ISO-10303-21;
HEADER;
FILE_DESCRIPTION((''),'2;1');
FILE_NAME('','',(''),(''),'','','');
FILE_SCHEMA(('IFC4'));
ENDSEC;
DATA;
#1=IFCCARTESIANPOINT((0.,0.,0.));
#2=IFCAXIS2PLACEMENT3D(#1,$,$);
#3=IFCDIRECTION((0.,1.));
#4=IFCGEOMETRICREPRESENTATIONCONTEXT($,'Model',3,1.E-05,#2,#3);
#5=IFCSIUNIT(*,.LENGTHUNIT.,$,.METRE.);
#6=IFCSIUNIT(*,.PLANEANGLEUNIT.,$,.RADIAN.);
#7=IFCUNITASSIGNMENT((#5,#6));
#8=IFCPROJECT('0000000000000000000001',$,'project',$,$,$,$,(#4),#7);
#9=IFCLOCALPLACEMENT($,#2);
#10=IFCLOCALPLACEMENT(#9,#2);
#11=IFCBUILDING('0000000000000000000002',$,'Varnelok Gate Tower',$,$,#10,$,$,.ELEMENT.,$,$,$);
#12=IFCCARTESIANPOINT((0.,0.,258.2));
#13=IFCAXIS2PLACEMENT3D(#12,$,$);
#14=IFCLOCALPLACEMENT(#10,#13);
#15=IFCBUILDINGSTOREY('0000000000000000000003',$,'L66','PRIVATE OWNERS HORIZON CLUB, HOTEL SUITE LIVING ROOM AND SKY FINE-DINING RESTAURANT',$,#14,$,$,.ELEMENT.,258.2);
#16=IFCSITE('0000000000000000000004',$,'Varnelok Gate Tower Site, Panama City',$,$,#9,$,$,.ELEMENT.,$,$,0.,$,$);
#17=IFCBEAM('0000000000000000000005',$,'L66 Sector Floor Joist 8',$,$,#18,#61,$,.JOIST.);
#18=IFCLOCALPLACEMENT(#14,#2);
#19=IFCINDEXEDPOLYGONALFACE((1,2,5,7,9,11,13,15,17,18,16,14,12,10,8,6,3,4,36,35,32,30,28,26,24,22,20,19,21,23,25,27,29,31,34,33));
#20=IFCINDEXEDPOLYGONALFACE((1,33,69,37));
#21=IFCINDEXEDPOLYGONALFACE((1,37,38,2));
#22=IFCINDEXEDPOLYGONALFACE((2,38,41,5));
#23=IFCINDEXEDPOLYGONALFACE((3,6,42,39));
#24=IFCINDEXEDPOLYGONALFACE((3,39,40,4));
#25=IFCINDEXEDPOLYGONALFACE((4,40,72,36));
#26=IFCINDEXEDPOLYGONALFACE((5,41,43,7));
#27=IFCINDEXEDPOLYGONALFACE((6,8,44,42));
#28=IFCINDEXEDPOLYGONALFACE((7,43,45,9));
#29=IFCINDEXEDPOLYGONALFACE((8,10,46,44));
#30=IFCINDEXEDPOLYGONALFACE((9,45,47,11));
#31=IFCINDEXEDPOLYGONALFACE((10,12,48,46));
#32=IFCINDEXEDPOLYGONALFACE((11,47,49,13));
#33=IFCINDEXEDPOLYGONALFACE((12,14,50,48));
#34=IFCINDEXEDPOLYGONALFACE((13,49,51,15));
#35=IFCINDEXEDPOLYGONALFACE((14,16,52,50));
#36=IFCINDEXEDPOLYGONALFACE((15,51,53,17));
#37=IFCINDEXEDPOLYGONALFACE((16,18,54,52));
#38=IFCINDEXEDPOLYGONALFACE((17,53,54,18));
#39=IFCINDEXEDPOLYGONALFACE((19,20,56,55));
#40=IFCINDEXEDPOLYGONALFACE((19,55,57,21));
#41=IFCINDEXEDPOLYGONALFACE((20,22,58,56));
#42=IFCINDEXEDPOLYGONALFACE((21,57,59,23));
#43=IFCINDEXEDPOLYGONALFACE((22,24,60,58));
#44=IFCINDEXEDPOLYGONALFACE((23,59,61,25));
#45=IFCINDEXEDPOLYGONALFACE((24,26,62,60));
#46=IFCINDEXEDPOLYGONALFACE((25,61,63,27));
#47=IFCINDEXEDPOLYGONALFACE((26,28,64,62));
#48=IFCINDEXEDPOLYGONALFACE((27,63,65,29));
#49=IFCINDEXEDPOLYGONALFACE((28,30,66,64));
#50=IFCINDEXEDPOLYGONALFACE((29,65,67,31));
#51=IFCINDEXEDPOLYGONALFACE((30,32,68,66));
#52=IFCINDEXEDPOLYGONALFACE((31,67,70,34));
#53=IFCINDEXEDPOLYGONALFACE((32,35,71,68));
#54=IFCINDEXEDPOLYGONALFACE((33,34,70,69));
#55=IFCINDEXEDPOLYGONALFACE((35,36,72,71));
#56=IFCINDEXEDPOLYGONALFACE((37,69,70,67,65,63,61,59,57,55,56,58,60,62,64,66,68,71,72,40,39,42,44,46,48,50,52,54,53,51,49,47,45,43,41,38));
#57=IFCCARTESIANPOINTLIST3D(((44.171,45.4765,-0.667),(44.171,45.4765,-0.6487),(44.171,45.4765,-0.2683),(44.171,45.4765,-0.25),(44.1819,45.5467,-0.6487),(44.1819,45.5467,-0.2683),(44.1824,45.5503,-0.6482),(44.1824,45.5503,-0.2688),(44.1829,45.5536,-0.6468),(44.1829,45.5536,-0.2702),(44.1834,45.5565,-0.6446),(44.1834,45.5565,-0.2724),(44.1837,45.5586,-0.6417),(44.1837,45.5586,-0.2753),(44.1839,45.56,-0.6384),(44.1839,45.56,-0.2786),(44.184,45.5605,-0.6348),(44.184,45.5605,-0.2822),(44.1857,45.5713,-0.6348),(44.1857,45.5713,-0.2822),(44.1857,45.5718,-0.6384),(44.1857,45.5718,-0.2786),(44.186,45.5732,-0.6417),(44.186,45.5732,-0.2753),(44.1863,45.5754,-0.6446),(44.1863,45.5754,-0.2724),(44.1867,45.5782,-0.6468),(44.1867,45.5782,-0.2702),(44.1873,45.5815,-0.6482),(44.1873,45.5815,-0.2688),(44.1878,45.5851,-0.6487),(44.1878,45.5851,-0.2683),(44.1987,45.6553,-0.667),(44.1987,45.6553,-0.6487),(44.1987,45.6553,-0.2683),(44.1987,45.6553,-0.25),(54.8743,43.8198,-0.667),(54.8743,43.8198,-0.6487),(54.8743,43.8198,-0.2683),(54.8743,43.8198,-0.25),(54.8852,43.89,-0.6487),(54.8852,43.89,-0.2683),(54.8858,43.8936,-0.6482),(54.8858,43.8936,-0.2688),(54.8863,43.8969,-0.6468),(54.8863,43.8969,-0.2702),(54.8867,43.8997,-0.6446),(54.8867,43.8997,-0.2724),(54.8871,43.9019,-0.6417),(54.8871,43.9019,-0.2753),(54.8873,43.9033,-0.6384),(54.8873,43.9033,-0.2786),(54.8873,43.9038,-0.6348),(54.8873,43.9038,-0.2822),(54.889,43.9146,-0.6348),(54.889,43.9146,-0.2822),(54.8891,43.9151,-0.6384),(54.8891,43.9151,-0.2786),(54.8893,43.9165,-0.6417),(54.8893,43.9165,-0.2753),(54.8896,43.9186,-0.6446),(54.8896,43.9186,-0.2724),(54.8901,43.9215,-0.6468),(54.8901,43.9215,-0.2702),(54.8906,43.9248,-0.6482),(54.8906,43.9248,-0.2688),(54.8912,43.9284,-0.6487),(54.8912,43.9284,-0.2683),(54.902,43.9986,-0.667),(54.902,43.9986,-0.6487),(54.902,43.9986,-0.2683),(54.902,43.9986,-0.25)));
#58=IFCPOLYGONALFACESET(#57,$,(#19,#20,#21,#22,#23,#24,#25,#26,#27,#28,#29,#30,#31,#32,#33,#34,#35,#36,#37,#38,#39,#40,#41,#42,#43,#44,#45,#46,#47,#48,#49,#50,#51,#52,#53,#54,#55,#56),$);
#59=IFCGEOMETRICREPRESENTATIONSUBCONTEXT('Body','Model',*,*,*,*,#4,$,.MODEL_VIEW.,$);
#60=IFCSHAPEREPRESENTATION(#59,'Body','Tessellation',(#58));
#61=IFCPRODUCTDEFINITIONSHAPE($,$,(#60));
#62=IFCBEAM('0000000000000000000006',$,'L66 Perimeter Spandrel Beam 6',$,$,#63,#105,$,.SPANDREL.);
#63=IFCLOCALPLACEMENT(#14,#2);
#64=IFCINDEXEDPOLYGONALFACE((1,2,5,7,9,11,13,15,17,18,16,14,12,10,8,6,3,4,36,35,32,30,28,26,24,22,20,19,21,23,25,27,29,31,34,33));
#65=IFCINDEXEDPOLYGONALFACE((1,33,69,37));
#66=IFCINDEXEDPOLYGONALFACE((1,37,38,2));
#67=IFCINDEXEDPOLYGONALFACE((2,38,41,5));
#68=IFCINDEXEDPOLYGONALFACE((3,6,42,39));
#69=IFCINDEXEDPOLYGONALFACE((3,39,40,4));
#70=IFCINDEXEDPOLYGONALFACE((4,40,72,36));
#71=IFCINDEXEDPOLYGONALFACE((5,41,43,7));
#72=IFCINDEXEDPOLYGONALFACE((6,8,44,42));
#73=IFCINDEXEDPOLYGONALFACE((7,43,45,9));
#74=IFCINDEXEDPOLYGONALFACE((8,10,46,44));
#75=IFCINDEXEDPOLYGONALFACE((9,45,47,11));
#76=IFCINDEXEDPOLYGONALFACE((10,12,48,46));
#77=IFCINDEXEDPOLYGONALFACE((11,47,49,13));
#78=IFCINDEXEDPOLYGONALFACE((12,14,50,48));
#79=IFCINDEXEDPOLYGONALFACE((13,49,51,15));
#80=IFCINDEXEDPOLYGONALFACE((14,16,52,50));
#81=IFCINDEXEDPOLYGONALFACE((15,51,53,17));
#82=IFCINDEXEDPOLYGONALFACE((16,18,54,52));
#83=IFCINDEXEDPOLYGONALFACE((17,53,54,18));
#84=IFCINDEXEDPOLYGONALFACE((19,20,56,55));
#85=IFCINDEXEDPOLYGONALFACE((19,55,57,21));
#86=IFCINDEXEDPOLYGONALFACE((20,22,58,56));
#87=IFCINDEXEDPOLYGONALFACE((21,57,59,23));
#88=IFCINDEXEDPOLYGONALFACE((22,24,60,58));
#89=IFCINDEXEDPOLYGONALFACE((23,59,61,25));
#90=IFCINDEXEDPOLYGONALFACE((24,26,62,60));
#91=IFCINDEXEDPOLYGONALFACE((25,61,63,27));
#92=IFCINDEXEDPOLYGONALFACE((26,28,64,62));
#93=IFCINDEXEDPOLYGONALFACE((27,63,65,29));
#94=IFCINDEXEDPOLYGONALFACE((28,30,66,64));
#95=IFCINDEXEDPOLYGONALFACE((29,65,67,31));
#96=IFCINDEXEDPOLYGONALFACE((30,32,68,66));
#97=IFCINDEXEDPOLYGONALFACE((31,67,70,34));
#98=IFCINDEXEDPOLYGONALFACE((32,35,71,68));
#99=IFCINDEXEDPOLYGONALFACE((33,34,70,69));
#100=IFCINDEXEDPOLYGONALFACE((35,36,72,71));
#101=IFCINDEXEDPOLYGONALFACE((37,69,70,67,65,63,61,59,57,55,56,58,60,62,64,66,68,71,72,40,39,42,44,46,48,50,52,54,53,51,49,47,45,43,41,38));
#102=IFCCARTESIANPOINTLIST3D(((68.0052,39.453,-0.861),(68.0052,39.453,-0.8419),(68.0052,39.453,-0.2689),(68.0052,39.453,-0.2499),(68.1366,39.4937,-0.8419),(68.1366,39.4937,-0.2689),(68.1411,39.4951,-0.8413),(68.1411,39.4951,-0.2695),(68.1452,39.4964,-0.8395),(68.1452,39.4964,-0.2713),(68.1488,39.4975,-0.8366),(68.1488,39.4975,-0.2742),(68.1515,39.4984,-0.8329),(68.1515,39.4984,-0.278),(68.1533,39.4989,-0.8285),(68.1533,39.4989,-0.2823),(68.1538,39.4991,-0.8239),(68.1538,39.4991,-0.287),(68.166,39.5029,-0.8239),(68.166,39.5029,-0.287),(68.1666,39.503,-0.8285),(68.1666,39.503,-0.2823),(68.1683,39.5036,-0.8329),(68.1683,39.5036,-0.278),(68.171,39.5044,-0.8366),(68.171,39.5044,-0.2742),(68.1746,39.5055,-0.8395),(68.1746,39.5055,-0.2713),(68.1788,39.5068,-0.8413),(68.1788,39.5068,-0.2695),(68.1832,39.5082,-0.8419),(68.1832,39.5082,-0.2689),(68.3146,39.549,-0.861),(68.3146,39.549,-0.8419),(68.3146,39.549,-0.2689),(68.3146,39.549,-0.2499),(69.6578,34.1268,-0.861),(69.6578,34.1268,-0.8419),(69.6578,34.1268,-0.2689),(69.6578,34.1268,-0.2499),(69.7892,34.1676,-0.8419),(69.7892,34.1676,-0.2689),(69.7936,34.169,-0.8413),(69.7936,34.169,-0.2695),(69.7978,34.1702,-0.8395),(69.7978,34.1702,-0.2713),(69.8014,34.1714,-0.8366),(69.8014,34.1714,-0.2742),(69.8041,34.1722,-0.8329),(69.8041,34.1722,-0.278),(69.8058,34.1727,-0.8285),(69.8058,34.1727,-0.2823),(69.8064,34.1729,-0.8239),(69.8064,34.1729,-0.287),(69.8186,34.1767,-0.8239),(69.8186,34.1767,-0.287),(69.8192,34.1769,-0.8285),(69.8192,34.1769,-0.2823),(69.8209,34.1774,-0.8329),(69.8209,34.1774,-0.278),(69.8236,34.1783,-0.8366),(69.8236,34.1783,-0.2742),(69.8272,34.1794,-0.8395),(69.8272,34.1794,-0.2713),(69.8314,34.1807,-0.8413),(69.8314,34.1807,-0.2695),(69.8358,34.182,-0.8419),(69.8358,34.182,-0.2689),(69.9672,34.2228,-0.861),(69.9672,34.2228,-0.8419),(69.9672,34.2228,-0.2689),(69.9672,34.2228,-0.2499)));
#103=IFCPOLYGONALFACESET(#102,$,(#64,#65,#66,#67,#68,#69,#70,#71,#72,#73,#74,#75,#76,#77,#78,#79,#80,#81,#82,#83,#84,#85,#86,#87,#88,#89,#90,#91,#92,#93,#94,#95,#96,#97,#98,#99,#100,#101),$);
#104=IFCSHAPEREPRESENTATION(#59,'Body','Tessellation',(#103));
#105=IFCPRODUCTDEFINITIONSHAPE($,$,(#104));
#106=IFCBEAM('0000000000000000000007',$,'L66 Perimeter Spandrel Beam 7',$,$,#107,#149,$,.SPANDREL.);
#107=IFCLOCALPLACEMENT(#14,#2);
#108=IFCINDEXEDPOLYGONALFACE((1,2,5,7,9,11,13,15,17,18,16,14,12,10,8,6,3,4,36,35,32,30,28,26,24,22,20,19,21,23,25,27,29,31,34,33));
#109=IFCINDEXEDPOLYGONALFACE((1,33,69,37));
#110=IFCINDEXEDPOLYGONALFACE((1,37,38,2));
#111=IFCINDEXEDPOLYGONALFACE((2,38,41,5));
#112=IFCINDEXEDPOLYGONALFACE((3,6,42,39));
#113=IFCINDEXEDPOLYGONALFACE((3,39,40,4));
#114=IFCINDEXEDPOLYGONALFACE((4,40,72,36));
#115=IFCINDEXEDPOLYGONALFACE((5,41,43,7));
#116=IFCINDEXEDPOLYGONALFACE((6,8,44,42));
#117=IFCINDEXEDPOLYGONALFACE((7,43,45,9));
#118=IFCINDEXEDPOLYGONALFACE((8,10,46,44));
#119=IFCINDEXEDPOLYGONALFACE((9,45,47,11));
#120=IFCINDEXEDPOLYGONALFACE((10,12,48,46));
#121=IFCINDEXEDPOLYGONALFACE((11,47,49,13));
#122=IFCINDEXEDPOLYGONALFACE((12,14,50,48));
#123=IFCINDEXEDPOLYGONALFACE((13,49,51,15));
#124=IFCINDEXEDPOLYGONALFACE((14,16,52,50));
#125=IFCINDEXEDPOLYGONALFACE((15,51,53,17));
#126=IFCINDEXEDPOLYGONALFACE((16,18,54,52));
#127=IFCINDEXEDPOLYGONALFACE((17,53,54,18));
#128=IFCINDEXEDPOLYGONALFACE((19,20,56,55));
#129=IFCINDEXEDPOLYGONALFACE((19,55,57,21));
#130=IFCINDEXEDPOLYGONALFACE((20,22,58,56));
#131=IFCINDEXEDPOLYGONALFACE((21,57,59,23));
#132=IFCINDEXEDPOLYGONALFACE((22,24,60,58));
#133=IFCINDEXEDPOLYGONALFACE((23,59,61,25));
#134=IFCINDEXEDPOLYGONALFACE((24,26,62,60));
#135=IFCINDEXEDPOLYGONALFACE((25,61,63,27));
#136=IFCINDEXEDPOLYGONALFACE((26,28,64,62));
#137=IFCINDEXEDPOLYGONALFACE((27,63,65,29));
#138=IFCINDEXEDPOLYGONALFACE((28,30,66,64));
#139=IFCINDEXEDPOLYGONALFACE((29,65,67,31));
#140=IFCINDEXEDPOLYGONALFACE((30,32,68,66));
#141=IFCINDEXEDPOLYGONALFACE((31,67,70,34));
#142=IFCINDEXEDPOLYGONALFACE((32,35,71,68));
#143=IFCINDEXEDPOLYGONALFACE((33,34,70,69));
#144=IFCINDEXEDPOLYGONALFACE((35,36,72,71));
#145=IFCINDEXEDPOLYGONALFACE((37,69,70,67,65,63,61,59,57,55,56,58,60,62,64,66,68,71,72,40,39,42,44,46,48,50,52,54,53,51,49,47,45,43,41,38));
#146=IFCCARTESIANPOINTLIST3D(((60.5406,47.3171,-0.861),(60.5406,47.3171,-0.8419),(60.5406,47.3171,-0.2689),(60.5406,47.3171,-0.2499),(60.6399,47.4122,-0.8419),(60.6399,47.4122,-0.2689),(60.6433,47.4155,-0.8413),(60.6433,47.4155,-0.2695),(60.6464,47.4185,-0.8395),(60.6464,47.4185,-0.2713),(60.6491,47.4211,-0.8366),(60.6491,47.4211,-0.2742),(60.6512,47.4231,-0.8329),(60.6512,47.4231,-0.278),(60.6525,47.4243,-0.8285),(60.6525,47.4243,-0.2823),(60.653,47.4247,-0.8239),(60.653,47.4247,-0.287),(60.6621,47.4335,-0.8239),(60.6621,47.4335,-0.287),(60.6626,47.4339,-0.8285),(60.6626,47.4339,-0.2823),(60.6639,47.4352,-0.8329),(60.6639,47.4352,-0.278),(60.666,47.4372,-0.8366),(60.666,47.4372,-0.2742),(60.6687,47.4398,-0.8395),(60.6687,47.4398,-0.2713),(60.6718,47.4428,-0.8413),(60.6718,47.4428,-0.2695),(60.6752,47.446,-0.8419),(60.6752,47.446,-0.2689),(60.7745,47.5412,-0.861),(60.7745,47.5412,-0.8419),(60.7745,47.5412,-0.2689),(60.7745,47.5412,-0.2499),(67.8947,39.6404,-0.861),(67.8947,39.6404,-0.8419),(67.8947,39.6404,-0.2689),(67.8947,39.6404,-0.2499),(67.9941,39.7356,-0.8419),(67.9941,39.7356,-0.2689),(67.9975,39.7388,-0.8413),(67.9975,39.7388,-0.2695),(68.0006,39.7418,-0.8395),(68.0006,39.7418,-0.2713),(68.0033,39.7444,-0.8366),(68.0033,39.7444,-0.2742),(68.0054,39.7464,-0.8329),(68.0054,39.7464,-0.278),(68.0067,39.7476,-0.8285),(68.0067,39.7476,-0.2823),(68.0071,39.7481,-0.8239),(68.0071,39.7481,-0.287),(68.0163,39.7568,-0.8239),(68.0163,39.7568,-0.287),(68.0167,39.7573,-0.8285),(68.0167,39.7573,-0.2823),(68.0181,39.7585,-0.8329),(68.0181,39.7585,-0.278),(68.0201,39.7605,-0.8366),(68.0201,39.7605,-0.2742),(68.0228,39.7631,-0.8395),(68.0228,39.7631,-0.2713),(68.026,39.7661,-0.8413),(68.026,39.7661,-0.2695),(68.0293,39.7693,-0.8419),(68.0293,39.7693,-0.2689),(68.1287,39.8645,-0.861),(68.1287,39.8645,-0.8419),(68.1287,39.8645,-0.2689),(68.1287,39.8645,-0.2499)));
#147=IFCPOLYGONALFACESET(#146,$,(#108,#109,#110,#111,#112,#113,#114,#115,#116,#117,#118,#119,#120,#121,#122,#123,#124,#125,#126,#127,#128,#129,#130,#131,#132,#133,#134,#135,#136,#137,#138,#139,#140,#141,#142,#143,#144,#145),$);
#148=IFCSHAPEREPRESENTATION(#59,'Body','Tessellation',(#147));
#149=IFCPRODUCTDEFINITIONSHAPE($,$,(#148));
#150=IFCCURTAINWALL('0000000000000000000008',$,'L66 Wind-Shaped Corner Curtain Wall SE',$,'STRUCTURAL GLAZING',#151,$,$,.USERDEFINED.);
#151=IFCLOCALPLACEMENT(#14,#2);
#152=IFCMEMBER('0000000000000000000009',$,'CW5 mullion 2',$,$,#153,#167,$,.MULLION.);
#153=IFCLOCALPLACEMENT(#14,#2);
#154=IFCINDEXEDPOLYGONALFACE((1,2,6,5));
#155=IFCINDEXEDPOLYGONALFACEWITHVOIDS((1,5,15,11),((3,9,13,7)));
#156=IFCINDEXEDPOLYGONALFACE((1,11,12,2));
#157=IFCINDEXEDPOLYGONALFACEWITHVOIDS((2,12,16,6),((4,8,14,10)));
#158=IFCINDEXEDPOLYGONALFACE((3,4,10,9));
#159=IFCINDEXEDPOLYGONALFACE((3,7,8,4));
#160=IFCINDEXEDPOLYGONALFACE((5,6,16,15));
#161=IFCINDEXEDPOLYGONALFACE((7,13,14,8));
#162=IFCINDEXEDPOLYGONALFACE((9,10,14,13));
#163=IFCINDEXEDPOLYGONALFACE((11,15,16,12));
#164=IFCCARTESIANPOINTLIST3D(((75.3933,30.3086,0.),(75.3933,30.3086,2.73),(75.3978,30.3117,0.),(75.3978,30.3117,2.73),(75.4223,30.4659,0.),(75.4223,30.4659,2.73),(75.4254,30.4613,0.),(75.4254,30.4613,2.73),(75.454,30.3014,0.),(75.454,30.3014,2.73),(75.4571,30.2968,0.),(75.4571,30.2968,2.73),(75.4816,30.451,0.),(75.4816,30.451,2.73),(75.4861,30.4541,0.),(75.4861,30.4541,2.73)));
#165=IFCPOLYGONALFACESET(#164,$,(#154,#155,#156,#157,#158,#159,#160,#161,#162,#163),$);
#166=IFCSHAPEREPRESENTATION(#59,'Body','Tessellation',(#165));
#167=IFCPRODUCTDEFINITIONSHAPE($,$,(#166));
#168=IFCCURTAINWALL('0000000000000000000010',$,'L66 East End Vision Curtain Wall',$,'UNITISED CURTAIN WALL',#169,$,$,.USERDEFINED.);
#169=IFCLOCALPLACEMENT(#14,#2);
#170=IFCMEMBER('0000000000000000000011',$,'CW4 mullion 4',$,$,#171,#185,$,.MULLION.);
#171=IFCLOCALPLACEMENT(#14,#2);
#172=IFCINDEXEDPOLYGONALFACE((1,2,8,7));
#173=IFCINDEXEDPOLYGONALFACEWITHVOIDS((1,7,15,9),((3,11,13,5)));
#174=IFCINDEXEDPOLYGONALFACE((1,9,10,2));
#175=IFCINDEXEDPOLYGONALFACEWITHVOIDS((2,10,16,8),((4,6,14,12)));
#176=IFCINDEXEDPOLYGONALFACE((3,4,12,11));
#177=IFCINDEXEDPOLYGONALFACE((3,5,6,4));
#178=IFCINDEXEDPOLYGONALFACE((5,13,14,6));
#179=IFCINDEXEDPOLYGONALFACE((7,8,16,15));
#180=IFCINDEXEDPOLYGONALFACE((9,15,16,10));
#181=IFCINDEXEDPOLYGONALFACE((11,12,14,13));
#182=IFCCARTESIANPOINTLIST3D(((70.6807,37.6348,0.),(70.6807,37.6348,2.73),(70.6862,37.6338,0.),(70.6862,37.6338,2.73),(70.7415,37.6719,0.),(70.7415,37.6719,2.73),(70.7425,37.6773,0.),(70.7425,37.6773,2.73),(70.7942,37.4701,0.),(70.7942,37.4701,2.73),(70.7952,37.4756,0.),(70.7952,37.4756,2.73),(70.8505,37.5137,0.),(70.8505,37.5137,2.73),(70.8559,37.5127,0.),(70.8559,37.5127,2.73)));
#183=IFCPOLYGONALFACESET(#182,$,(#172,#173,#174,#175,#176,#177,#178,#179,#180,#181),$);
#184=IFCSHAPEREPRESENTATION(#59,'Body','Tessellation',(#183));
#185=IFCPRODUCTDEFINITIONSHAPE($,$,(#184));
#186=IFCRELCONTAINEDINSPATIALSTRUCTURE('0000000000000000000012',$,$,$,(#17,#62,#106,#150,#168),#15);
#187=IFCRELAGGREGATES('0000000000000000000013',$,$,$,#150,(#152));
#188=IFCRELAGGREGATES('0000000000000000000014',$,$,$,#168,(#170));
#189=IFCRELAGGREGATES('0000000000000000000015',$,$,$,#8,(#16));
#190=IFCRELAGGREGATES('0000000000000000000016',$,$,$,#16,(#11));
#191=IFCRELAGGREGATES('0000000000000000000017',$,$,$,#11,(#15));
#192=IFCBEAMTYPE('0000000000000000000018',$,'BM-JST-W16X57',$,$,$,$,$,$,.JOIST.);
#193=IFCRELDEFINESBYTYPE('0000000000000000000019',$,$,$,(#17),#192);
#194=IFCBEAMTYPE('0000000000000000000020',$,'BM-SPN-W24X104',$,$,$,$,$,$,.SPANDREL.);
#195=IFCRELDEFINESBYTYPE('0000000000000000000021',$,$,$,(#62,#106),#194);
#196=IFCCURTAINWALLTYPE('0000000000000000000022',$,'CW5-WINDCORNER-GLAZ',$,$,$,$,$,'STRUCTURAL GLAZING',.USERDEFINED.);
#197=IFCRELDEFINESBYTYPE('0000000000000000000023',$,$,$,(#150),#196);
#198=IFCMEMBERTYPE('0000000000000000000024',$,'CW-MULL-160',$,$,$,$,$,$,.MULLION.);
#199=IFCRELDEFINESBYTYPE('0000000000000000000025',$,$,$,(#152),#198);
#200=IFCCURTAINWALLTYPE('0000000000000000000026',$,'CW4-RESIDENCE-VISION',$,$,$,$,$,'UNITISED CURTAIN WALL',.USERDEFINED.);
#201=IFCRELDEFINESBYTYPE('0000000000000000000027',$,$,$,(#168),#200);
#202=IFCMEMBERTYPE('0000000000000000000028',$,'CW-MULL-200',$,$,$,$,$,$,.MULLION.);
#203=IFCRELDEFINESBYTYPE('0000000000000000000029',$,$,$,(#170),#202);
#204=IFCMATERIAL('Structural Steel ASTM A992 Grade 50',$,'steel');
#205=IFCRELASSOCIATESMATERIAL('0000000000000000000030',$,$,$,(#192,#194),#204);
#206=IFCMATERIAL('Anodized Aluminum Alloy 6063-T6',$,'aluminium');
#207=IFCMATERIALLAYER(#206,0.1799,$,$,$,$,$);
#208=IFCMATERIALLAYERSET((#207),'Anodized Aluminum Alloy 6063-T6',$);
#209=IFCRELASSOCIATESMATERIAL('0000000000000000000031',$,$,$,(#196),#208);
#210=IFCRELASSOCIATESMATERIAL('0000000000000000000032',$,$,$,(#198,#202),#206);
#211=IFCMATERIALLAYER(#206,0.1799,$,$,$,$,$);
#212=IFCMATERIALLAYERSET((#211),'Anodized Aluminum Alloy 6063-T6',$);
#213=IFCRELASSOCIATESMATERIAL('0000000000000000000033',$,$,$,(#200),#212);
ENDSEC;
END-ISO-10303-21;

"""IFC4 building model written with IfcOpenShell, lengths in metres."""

from ifc_helpers import new_model, si_unit, direction, frame, origin, origin_2d, place, context, subcontext, project, spatial, hollow_rectangle, i_section, extrude, material, layer, layer_set, material_profile, profile_set, type_object, element, aggregate, save


model = new_model("IFC4")

# Units and contexts
model_context = context("Model", 3, precision=1e-05, world=origin(), true_north=direction((0.0, 1.0)))
body_context = subcontext(model_context, "Body", "Model", "MODEL_VIEW")
ifc_project = project(units=[si_unit("LENGTHUNIT", "METRE"), si_unit("PLANEANGLEUNIT", "RADIAN")], contexts=[model_context])

# Site, building, storey
site_placement = place(None, origin())
site = spatial("IfcSite", under=ifc_project, at=site_placement, Name="Varnelok Gate Tower Site, Panama City", CompositionType="ELEMENT", RefElevation=0.0)
building_placement = place(site_placement, origin())
building = spatial("IfcBuilding", under=site, at=building_placement, Name="Varnelok Gate Tower", CompositionType="ELEMENT")
storey_placement = place(building_placement, frame((0.0, 0.0, 258.2)))
storey = spatial("IfcBuildingStorey", under=building, at=storey_placement, Name="L66", Description="PRIVATE OWNERS HORIZON CLUB, HOTEL SUITE LIVING ROOM AND SKY FINE-DINING RESTAURANT", CompositionType="ELEMENT", Elevation=258.2)

# Shared definitions
ifc_material_1 = material(Name="Structural Steel ASTM A992 Grade 50", Category="steel")

# Beams
ifc_material_profile_1 = material_profile(ifc_material_1, i_section(OverallWidth=0.1809, OverallDepth=0.417, WebThickness=0.011, FlangeThickness=0.0183, FilletRadius=0.0139, at=origin_2d()), Name="W16X57")
ifc_profile_set_1 = profile_set([ifc_material_profile_1], Name="Structural Steel ASTM A992 Grade 50")
beam_type_1 = type_object("IfcBeamType", Name="BM-JST-W16X57", PredefinedType="JOIST", material=ifc_profile_set_1)
beam_1_placement = place(storey_placement, frame((54.8882, 43.9092, -0.4585), z_axis=(-0.988232, 0.152965, 0.0), x_axis=(-0.152965, -0.988232, 0.0)))
element("IfcBeam", 1, at=beam_1_placement, inside=storey, type_object=beam_type_1, Name="L66 Sector Floor Joist 8", PredefinedType="JOIST", context=body_context, shape_type="SweptSolid", body=[
    extrude(i_section(OverallWidth=0.1809, OverallDepth=0.417, WebThickness=0.011, FlangeThickness=0.0183, FilletRadius=0.0139, at=origin_2d()), origin(), (0.0, 0.0, 1.0), 10.8308),
])
ifc_material_profile_2 = material_profile(ifc_material_1, i_section(OverallWidth=0.324, OverallDepth=0.6111, WebThickness=0.0127, FlangeThickness=0.019, FilletRadius=0.0181, at=origin_2d()), Name="W24X104")
ifc_profile_set_2 = profile_set([ifc_material_profile_2], Name="Structural Steel ASTM A992 Grade 50")
beam_type_2 = type_object("IfcBeamType", Name="BM-SPN-W24X104", PredefinedType="SPANDREL", material=ifc_profile_set_2)
beam_2_placement = place(storey_placement, frame((69.8125, 34.1748, -0.5554), z_axis=(-0.29634, 0.955083, 0.0), x_axis=(-0.955083, -0.29634, 0.0)))
element("IfcBeam", 2, at=beam_2_placement, inside=storey, type_object=beam_type_2, Name="L66 Perimeter Spandrel Beam 6", PredefinedType="SPANDREL", context=body_context, shape_type="SweptSolid", body=[
    extrude(i_section(OverallWidth=0.324, OverallDepth=0.6111, WebThickness=0.0127, FlangeThickness=0.019, FilletRadius=0.0181, at=origin_2d()), origin(), (0.0, 0.0, 1.0), 5.5767),
])
beam_3_placement = place(storey_placement, frame((68.0117, 39.7524, -0.5554), z_axis=(-0.691776, 0.722112, 0.0), x_axis=(-0.722112, -0.691776, 0.0)))
element("IfcBeam", 3, at=beam_3_placement, inside=storey, type_object=beam_type_2, Name="L66 Perimeter Spandrel Beam 7", PredefinedType="SPANDREL", context=body_context, shape_type="SweptSolid", body=[
    extrude(i_section(OverallWidth=0.324, OverallDepth=0.6111, WebThickness=0.0127, FlangeThickness=0.019, FilletRadius=0.0181, at=origin_2d()), origin(), (0.0, 0.0, 1.0), 10.6309),
])

# Curtain wall, member
ifc_material_2 = material(Name="Anodized Aluminum Alloy 6063-T6", Category="aluminium")
ifc_layer_1 = layer(ifc_material_2, 0.1799)
ifc_layer_set_1 = layer_set([ifc_layer_1], Name="Anodized Aluminum Alloy 6063-T6")
curtain_wall_type_1 = type_object("IfcCurtainWallType", Name="CW5-WINDCORNER-GLAZ", ElementType="STRUCTURAL GLAZING", PredefinedType="USERDEFINED", material=ifc_layer_set_1)
curtain_wall_1_placement = place(storey_placement, origin())
curtain_wall_1 = element("IfcCurtainWall", 4, at=curtain_wall_1_placement, inside=storey, type_object=curtain_wall_type_1, Name="L66 Wind-Shaped Corner Curtain Wall SE", ObjectType="STRUCTURAL GLAZING", PredefinedType="USERDEFINED")
ifc_material_profile_3 = material_profile(ifc_material_2, hollow_rectangle(XDim=0.0649, YDim=0.1599, WallThickness=0.0039, at=origin_2d()), Name="ALU160X65X4")
ifc_profile_set_3 = profile_set([ifc_material_profile_3], Name="Anodized Aluminum Alloy 6063-T6")
member_type_1 = type_object("IfcMemberType", Name="CW-MULL-160", PredefinedType="MULLION", material=ifc_profile_set_3)
member_1_placement = place(storey_placement, frame((75.4397, 30.3813, 0.0), z_axis=(0.0, 0.0, 1.0), x_axis=(-0.983446, 0.181202, 0.0)))
member_1 = element("IfcMember", 5, at=member_1_placement, type_object=member_type_1, Name="CW5 mullion 2", PredefinedType="MULLION", context=body_context, shape_type="SweptSolid", body=[
    extrude(hollow_rectangle(XDim=0.0649, YDim=0.1599, WallThickness=0.0039, at=origin_2d()), origin(), (0.0, 0.0, 1.0), 2.73),
])
aggregate(curtain_wall_1, [member_1])

# Curtain wall, member
ifc_layer_2 = layer(ifc_material_2, 0.1799)
ifc_layer_set_2 = layer_set([ifc_layer_2], Name="Anodized Aluminum Alloy 6063-T6")
curtain_wall_type_2 = type_object("IfcCurtainWallType", Name="CW4-RESIDENCE-VISION", ElementType="UNITISED CURTAIN WALL", PredefinedType="USERDEFINED", material=ifc_layer_set_2)
curtain_wall_2_placement = place(storey_placement, origin())
curtain_wall_2 = element("IfcCurtainWall", 6, at=curtain_wall_2_placement, inside=storey, type_object=curtain_wall_type_2, Name="L66 East End Vision Curtain Wall", ObjectType="UNITISED CURTAIN WALL", PredefinedType="USERDEFINED")
ifc_material_profile_4 = material_profile(ifc_material_2, hollow_rectangle(XDim=0.075, YDim=0.2, WallThickness=0.0039, at=origin_2d()), Name="ALU200X75X4")
ifc_profile_set_4 = profile_set([ifc_material_profile_4], Name="Anodized Aluminum Alloy 6063-T6")
member_type_2 = type_object("IfcMemberType", Name="CW-MULL-200", PredefinedType="MULLION", material=ifc_profile_set_4)
member_2_placement = place(storey_placement, frame((70.7683, 37.5737, 0.0), z_axis=(0.0, 0.0, 1.0), x_axis=(0.823532, 0.567269, 0.0)))
member_2 = element("IfcMember", 7, at=member_2_placement, type_object=member_type_2, Name="CW4 mullion 4", PredefinedType="MULLION", context=body_context, shape_type="SweptSolid", body=[
    extrude(hollow_rectangle(XDim=0.075, YDim=0.2, WallThickness=0.0039, at=origin_2d()), origin(), (0.0, 0.0, 1.0), 2.73),
])
aggregate(curtain_wall_2, [member_2])

save(model, "model.ifc")
